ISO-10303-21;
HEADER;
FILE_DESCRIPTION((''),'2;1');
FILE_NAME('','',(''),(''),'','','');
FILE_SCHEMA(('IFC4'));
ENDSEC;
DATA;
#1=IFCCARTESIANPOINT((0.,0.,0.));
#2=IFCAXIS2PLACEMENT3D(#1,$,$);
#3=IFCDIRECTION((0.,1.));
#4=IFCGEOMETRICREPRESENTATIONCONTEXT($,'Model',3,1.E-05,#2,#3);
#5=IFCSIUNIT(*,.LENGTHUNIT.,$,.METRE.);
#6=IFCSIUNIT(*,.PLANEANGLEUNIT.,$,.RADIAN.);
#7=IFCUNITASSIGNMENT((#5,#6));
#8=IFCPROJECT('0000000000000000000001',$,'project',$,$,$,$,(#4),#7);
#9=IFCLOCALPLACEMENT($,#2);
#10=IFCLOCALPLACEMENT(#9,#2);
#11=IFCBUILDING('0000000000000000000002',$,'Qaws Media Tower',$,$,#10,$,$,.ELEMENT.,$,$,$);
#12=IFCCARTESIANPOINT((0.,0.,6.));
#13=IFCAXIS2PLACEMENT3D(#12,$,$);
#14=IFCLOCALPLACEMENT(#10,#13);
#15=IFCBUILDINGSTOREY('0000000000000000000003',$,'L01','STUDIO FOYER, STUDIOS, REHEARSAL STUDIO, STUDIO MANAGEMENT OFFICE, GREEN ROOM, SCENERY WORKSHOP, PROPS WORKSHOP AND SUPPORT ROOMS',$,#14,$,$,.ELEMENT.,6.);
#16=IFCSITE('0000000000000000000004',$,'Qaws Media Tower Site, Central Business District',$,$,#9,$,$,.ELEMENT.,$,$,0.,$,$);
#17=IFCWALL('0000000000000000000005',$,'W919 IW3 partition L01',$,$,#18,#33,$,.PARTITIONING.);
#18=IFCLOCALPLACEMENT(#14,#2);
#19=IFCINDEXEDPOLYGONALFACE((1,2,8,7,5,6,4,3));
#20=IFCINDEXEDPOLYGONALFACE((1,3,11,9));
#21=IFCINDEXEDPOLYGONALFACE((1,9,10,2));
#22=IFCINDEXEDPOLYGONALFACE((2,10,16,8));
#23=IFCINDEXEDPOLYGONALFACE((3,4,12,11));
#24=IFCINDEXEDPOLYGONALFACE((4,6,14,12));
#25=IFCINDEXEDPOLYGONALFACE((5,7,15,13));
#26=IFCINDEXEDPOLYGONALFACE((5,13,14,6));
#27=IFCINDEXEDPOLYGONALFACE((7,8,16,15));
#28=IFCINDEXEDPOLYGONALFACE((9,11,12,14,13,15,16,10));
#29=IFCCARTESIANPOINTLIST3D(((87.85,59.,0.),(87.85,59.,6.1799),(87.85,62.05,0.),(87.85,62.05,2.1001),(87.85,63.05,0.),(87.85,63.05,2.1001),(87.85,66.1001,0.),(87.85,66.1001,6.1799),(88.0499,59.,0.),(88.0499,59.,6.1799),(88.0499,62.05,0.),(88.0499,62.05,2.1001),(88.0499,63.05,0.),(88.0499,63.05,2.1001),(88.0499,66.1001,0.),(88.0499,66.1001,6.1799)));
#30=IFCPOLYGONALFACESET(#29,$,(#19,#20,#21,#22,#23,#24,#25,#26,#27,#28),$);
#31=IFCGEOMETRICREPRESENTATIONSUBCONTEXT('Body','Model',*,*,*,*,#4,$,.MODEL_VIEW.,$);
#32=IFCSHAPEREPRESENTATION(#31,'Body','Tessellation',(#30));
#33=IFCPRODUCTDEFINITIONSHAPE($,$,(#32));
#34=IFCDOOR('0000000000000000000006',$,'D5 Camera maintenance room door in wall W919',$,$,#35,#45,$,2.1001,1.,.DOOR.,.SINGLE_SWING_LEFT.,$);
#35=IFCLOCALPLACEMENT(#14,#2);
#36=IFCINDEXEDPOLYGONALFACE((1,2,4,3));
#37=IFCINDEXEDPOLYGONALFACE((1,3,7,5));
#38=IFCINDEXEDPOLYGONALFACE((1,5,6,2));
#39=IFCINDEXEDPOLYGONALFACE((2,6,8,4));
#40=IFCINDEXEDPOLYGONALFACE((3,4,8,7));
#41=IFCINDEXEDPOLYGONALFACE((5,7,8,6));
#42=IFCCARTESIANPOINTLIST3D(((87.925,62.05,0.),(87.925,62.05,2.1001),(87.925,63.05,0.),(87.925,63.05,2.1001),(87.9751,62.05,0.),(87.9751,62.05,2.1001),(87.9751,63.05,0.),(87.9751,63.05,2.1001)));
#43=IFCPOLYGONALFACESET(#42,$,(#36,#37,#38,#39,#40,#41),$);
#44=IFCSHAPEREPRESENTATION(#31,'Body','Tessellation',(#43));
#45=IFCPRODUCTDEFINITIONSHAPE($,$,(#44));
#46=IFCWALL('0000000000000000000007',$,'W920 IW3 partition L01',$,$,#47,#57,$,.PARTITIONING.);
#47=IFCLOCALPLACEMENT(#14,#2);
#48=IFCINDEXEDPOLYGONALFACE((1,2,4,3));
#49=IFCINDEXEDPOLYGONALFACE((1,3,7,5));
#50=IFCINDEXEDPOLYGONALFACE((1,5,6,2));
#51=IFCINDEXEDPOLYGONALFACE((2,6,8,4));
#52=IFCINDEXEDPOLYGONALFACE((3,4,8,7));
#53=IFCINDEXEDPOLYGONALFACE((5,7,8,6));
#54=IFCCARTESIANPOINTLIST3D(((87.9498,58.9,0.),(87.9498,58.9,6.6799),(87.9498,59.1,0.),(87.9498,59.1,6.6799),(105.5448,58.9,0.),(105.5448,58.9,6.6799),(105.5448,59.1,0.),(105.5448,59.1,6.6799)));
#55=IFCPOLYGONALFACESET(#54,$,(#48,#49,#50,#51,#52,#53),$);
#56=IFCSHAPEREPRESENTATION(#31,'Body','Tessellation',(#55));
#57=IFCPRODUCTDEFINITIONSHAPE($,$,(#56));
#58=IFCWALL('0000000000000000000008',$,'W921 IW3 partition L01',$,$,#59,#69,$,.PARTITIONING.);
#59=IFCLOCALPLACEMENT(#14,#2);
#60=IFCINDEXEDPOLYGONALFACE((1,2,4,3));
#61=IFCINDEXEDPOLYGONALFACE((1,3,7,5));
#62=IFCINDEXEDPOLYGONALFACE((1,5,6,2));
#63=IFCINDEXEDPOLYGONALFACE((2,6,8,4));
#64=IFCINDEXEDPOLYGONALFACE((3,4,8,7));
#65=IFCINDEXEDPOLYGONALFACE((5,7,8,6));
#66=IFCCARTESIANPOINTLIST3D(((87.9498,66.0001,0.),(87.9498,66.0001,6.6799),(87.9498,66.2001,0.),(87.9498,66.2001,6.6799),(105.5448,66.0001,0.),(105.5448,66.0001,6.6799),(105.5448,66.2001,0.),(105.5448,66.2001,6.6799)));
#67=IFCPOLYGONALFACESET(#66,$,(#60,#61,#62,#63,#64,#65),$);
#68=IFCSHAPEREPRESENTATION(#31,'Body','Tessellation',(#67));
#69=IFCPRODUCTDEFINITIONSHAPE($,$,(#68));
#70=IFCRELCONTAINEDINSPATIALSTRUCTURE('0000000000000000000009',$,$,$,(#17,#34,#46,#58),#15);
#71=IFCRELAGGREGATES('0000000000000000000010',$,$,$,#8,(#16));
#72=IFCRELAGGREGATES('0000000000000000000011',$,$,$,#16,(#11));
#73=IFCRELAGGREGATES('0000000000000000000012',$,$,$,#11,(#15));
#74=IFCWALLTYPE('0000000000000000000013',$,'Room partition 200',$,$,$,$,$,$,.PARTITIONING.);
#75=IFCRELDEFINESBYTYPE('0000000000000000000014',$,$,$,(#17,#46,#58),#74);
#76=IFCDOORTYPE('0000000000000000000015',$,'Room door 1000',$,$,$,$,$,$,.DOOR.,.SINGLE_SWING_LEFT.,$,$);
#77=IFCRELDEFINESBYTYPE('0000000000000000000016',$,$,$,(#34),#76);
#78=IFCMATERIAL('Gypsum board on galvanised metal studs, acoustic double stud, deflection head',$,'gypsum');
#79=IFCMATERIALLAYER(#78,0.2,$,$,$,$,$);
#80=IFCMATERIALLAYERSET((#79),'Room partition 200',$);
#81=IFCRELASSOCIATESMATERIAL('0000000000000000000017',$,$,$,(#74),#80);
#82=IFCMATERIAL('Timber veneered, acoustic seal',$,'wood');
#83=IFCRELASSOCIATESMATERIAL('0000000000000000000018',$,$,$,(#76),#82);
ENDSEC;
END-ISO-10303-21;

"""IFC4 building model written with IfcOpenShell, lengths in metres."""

from ifc_helpers import new_model, si_unit, direction, frame, frame_2d, origin, place, context, subcontext, project, spatial, rectangle, extrude, material, layer, layer_set, type_object, element, fill, save


model = new_model("IFC4")

# Units and contexts
model_context = context("Model", 3, precision=1e-05, world=origin(), true_north=direction((0.0, 1.0)))
body_context = subcontext(model_context, "Body", "Model", "MODEL_VIEW")
ifc_project = project(units=[si_unit("LENGTHUNIT", "METRE"), si_unit("PLANEANGLEUNIT", "RADIAN")], contexts=[model_context])

# Site, building, storey
site_placement = place(None, origin())
site = spatial("IfcSite", under=ifc_project, at=site_placement, Name="Qaws Media Tower Site, Central Business District", CompositionType="ELEMENT", RefElevation=0.0)
building_placement = place(site_placement, origin())
building = spatial("IfcBuilding", under=site, at=building_placement, Name="Qaws Media Tower", CompositionType="ELEMENT")
storey_placement = place(building_placement, frame((0.0, 0.0, 6.0)))
storey = spatial("IfcBuildingStorey", under=building, at=storey_placement, Name="L01", Description="STUDIO FOYER, STUDIOS, REHEARSAL STUDIO, STUDIO MANAGEMENT OFFICE, GREEN ROOM, SCENERY WORKSHOP, PROPS WORKSHOP AND SUPPORT ROOMS", CompositionType="ELEMENT", Elevation=6.0)

# Wall, opening, door
ifc_material_1 = material(Name="Gypsum board on galvanised metal studs, acoustic double stud, deflection head", Category="gypsum")
ifc_layer = layer(ifc_material_1, 0.2)
ifc_layer_set = layer_set([ifc_layer], Name="Room partition 200")
wall_type = type_object("IfcWallType", Name="Room partition 200", PredefinedType="PARTITIONING", material=ifc_layer_set)
wall_1_placement = place(storey_placement, frame((87.95, 59.0, 0.0), z_axis=(0.0, 0.0, 1.0), x_axis=(0.0, 1.0, 0.0)))
wall_1 = element("IfcWall", 1, at=wall_1_placement, inside=storey, type_object=wall_type, Name="W919 IW3 partition L01", PredefinedType="PARTITIONING", context=body_context, shape_type="SweptSolid", body=[
    extrude(rectangle(XDim=7.1001, YDim=0.2, at=frame_2d((3.55, 0.0))), origin(), (0.0, 0.0, 1.0), 6.1799),
])
opening_placement = place(wall_1_placement, frame((3.05, 0.0, 0.0)))
opening = element("IfcOpeningElement", 2, at=opening_placement, cuts=wall_1, PredefinedType="OPENING", context=body_context, shape_type="SweptSolid", body=[
    extrude(rectangle(XDim=1.0, YDim=2.1001, at=frame_2d((0.5, 1.05))), frame((0.0, 0.1099, 0.0), z_axis=(0.0, -1.0, 0.0), x_axis=(1.0, 0.0, 0.0)), (0.0, 0.0, 1.0), 0.22),
])
ifc_material_2 = material(Name="Timber veneered, acoustic seal", Category="wood")
door_type = type_object("IfcDoorType", Name="Room door 1000", OperationType="SINGLE_SWING_LEFT", PredefinedType="DOOR", material=ifc_material_2)
door_placement = place(opening_placement, origin())
door = element("IfcDoor", 3, at=door_placement, inside=storey, type_object=door_type, Name="D5 Camera maintenance room door in wall W919", OperationType="SINGLE_SWING_LEFT", OverallHeight=2.1001, OverallWidth=1.0, PredefinedType="DOOR", context=body_context, shape_type="SweptSolid", body=[
    extrude(rectangle(XDim=1.0, YDim=2.1001, at=frame_2d((0.5, 1.05))), frame((0.0, 0.0249, 0.0), z_axis=(0.0, -1.0, 0.0), x_axis=(1.0, 0.0, 0.0)), (0.0, 0.0, 1.0), 0.05),
])
fill(opening, door)

# Walls
for number, where, z_axis, x_axis, name in (
    (4, (87.95, 59.0, 0.0), (0.0, 0.0, 1.0), (1.0, 0.0, 0.0), "W920 IW3 partition L01"),
    (5, (87.95, 66.1001, 0.0), (0.0, 0.0, 1.0), (1.0, 0.0, 0.0), "W921 IW3 partition L01"),
):
    element("IfcWall", number, at=place(storey_placement, frame(where, z_axis=z_axis, x_axis=x_axis)), inside=storey, type_object=wall_type, Name=name, PredefinedType="PARTITIONING", context=body_context, shape_type="SweptSolid", body=[
        extrude(rectangle(XDim=17.595, YDim=0.2, at=frame_2d((8.7974, 0.0))), origin(), (0.0, 0.0, 1.0), 6.6799),
    ])

save(model, "model.ifc")
